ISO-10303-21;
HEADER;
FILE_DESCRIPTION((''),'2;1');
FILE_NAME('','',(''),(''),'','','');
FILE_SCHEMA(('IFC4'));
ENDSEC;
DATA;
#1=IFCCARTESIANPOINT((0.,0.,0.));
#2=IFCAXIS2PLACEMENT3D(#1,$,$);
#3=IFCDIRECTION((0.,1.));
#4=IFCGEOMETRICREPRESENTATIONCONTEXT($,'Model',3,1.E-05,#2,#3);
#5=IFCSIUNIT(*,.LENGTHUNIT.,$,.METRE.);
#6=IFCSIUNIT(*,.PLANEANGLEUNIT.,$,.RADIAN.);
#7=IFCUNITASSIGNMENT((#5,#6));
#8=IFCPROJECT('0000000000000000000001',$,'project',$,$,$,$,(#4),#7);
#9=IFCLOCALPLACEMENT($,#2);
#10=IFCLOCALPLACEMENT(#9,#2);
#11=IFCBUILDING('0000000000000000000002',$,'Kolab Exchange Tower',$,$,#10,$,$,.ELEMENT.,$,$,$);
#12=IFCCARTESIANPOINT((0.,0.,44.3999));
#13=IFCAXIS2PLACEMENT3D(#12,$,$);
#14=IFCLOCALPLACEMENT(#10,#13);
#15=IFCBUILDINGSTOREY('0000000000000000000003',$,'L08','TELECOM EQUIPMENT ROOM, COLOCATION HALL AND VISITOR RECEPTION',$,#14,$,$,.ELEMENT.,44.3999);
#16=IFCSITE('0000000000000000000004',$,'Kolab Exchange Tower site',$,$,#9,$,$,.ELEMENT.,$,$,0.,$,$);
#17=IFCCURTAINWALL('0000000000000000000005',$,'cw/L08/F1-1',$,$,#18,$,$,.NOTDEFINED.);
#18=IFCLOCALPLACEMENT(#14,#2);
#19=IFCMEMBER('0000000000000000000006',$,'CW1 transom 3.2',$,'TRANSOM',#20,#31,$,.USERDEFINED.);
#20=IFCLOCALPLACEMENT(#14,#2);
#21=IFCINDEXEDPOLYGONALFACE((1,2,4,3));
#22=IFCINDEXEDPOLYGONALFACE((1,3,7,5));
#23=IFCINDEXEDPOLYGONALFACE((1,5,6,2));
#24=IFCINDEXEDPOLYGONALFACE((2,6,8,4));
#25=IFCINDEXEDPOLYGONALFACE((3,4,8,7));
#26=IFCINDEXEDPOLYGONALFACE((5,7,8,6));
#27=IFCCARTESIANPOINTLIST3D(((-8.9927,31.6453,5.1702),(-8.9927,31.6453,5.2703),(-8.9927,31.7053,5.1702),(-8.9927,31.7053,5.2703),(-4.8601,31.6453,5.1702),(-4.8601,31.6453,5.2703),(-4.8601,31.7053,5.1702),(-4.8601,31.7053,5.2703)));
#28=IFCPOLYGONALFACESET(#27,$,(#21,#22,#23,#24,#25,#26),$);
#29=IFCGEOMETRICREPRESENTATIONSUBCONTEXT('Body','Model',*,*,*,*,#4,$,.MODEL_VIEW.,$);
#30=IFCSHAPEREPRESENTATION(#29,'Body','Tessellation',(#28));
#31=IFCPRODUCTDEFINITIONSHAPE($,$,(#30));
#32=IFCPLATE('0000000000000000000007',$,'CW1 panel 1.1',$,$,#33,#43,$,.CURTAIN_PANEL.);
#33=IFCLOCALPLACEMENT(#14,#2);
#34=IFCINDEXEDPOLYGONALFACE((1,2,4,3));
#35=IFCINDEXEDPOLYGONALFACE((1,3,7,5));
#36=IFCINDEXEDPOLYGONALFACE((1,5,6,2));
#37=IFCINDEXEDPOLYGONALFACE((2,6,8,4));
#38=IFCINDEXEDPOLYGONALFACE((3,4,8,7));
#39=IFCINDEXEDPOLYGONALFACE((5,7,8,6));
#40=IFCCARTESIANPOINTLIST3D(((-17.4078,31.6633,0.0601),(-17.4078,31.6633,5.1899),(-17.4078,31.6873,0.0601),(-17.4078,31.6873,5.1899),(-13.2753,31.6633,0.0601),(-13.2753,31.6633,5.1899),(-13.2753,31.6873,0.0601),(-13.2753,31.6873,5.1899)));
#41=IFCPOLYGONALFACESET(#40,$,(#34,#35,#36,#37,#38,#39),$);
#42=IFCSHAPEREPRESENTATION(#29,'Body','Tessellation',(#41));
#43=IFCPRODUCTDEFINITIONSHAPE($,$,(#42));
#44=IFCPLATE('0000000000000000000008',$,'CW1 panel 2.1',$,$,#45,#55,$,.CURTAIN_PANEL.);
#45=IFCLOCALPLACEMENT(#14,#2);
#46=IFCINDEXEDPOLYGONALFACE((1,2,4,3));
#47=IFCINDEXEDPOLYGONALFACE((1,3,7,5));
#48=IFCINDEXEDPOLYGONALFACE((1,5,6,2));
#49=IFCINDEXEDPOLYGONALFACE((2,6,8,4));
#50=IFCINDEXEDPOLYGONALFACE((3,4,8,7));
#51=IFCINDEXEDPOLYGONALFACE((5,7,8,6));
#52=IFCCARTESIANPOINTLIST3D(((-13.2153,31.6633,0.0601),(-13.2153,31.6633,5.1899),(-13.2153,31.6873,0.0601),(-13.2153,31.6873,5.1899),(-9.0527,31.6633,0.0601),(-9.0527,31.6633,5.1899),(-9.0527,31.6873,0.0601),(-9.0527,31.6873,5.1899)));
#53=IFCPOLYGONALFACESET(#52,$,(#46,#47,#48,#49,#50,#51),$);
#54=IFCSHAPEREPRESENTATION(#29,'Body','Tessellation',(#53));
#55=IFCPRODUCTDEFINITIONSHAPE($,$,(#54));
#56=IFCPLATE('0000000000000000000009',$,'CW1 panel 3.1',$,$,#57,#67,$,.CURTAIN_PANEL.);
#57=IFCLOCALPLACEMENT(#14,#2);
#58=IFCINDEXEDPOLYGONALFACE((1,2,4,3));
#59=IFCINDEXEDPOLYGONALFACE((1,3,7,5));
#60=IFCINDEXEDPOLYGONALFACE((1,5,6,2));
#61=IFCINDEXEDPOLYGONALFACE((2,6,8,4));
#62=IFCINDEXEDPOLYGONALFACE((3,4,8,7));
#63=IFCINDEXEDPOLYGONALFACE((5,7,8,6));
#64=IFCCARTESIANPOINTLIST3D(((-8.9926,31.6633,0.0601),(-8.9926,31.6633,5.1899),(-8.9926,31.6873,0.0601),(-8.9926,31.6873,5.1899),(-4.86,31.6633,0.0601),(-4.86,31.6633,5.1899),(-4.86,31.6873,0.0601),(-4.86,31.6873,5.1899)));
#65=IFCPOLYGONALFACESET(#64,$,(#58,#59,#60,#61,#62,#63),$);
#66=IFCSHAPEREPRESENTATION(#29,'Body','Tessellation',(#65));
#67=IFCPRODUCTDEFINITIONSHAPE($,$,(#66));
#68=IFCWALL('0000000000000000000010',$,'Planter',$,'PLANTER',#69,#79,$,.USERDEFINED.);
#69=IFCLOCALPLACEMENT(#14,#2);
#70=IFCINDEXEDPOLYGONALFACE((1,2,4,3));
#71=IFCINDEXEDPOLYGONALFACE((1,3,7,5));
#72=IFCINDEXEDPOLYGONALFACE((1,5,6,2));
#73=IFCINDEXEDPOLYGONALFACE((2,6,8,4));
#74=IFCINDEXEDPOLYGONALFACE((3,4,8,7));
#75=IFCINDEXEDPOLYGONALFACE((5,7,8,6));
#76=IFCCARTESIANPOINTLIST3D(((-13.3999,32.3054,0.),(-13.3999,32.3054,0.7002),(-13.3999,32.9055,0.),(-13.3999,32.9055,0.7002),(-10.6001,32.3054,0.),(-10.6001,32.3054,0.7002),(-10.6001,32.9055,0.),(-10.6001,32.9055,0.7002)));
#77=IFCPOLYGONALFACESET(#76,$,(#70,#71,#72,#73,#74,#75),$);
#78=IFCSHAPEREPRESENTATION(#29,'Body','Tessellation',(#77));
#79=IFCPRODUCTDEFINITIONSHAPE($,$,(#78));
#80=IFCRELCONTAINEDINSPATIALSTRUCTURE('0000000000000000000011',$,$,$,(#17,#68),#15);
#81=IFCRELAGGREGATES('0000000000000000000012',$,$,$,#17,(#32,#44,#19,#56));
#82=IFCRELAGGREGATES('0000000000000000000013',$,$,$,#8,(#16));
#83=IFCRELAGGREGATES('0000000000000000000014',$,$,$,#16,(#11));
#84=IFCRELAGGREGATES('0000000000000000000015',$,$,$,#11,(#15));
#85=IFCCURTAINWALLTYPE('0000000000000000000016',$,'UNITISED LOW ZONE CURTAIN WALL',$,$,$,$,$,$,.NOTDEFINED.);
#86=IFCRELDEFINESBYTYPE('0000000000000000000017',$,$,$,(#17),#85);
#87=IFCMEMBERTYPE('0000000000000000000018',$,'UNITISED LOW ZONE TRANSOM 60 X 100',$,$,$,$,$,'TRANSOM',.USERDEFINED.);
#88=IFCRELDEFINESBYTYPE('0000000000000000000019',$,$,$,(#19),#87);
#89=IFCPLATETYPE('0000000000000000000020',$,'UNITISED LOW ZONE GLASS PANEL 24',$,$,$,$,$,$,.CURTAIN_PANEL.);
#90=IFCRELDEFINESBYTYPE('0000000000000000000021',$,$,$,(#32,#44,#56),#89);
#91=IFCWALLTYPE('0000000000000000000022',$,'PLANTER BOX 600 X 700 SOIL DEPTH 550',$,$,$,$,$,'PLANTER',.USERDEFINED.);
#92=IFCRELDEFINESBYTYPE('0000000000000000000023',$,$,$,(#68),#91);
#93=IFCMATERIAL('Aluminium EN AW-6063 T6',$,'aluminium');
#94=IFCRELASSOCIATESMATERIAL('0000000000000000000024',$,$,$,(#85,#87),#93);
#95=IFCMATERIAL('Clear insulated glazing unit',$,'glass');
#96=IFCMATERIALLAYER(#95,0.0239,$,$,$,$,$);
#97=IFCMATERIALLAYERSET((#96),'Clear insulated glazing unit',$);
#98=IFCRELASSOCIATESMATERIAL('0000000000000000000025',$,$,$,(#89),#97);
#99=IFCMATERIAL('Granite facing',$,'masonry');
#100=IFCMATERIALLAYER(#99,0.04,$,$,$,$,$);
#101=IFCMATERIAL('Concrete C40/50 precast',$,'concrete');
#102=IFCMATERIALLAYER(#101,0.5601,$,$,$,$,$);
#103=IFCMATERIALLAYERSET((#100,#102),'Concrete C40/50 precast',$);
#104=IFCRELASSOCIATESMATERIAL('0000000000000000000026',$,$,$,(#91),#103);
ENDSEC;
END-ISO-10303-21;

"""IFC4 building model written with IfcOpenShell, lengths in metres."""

from ifc_helpers import new_model, si_unit, direction, frame, frame_2d, origin, origin_2d, place, context, subcontext, project, spatial, rectangle, extrude, material, layer, layer_set, material_profile, profile_set, type_object, element, aggregate, save


model = new_model("IFC4")

# Units and contexts
model_context = context("Model", 3, precision=1e-05, world=origin(), true_north=direction((0.0, 1.0)))
body_context = subcontext(model_context, "Body", "Model", "MODEL_VIEW")
ifc_project = project(units=[si_unit("LENGTHUNIT", "METRE"), si_unit("PLANEANGLEUNIT", "RADIAN")], contexts=[model_context])

# Site, building, storey
site_placement = place(None, origin())
site = spatial("IfcSite", under=ifc_project, at=site_placement, Name="Kolab Exchange Tower site", CompositionType="ELEMENT", RefElevation=0.0)
building_placement = place(site_placement, origin())
building = spatial("IfcBuilding", under=site, at=building_placement, Name="Kolab Exchange Tower", CompositionType="ELEMENT")
storey_placement = place(building_placement, frame((0.0, 0.0, 44.3999)))
storey = spatial("IfcBuildingStorey", under=building, at=storey_placement, Name="L08", Description="TELECOM EQUIPMENT ROOM, COLOCATION HALL AND VISITOR RECEPTION", CompositionType="ELEMENT", Elevation=44.3999)

# Curtain wall, member, plates
ifc_material_1 = material(Name="Aluminium EN AW-6063 T6", Category="aluminium")
curtain_wall_type = type_object("IfcCurtainWallType", Name="UNITISED LOW ZONE CURTAIN WALL", PredefinedType="NOTDEFINED", material=ifc_material_1)
curtain_wall_placement = place(storey_placement, origin())
curtain_wall = element("IfcCurtainWall", 1, at=curtain_wall_placement, inside=storey, type_object=curtain_wall_type, Name="cw/L08/F1-1", PredefinedType="NOTDEFINED")
ifc_material_profile_1 = material_profile(ifc_material_1, rectangle(XDim=0.0601, YDim=0.1001, at=origin_2d()), Name="RECT 60X100")
ifc_profile_set_1 = profile_set([ifc_material_profile_1], Name="Aluminium EN AW-6063 T6")
member_type_1 = type_object("IfcMemberType", Name="UNITISED LOW ZONE TRANSOM 60 X 100", ElementType="TRANSOM", PredefinedType="USERDEFINED", material=ifc_profile_set_1)
member_1_placement = place(storey_placement, frame((-8.9927, 31.6753, 5.2202), z_axis=(1.0, 0.0, 0.0), x_axis=(0.0, 1.0, 0.0)))
member_1 = element("IfcMember", 2, at=member_1_placement, type_object=member_type_1, Name="CW1 transom 3.2", ObjectType="TRANSOM", PredefinedType="USERDEFINED", context=body_context, shape_type="SweptSolid", body=[
    extrude(rectangle(XDim=0.0601, YDim=0.1001, at=origin_2d()), origin(), (0.0, 0.0, 1.0), 4.1326),
])
ifc_material_2 = material(Name="Clear insulated glazing unit", Category="glass")
ifc_layer_1 = layer(ifc_material_2, 0.0239)
ifc_layer_set_1 = layer_set([ifc_layer_1], Name="Clear insulated glazing unit")
plate_type = type_object("IfcPlateType", Name="UNITISED LOW ZONE GLASS PANEL 24", PredefinedType="CURTAIN_PANEL", material=ifc_layer_set_1)
plate_1_placement = place(storey_placement, frame((-15.3416, 31.6753, 0.0601), z_axis=(0.0, 0.0, 1.0), x_axis=(1.0, 0.0, 0.0)))
plate_1 = element("IfcPlate", 3, at=plate_1_placement, type_object=plate_type, Name="CW1 panel 1.1", PredefinedType="CURTAIN_PANEL", context=body_context, shape_type="SweptSolid", body=[
    extrude(rectangle(XDim=4.1326, YDim=0.0239, at=origin_2d()), origin(), (0.0, 0.0, 1.0), 5.1299),
])
plate_2_placement = place(storey_placement, frame((-11.134, 31.6753, 0.0601), z_axis=(0.0, 0.0, 1.0), x_axis=(1.0, 0.0, 0.0)))
plate_2 = element("IfcPlate", 4, at=plate_2_placement, type_object=plate_type, Name="CW1 panel 2.1", PredefinedType="CURTAIN_PANEL", context=body_context, shape_type="SweptSolid", body=[
    extrude(rectangle(XDim=4.1626, YDim=0.0239, at=origin_2d()), origin(), (0.0, 0.0, 1.0), 5.1299),
])
plate_3_placement = place(storey_placement, frame((-6.9263, 31.6753, 0.0601), z_axis=(0.0, 0.0, 1.0), x_axis=(1.0, 0.0, 0.0)))
plate_3 = element("IfcPlate", 5, at=plate_3_placement, type_object=plate_type, Name="CW1 panel 3.1", PredefinedType="CURTAIN_PANEL", context=body_context, shape_type="SweptSolid", body=[
    extrude(rectangle(XDim=4.1326, YDim=0.0239, at=origin_2d()), origin(), (0.0, 0.0, 1.0), 5.1299),
])
aggregate(curtain_wall, [plate_1, plate_2, member_1, plate_3])

# Wall
ifc_material_3 = material(Name="Granite facing", Category="masonry")
ifc_layer_2 = layer(ifc_material_3, 0.04)
ifc_material_4 = material(Name="Concrete C40/50 precast", Category="concrete")
ifc_layer_3 = layer(ifc_material_4, 0.5601)
ifc_layer_set_2 = layer_set([ifc_layer_2, ifc_layer_3], Name="Concrete C40/50 precast")
wall_type_1 = type_object("IfcWallType", Name="PLANTER BOX 600 X 700 SOIL DEPTH 550", ElementType="PLANTER", PredefinedType="USERDEFINED", material=ifc_layer_set_2)
wall_1_placement = place(storey_placement, frame((-13.3999, 32.6055, 0.0), z_axis=(0.0, 0.0, 1.0), x_axis=(1.0, 0.0, 0.0)))
element("IfcWall", 6, at=wall_1_placement, inside=storey, type_object=wall_type_1, Name="Planter", ObjectType="PLANTER", PredefinedType="USERDEFINED", context=body_context, shape_type="SweptSolid", body=[
    extrude(rectangle(XDim=2.7998, YDim=0.6001, at=frame_2d((1.3999, 0.0))), origin(), (0.0, 0.0, 1.0), 0.7002),
])

save(model, "model.ifc")
